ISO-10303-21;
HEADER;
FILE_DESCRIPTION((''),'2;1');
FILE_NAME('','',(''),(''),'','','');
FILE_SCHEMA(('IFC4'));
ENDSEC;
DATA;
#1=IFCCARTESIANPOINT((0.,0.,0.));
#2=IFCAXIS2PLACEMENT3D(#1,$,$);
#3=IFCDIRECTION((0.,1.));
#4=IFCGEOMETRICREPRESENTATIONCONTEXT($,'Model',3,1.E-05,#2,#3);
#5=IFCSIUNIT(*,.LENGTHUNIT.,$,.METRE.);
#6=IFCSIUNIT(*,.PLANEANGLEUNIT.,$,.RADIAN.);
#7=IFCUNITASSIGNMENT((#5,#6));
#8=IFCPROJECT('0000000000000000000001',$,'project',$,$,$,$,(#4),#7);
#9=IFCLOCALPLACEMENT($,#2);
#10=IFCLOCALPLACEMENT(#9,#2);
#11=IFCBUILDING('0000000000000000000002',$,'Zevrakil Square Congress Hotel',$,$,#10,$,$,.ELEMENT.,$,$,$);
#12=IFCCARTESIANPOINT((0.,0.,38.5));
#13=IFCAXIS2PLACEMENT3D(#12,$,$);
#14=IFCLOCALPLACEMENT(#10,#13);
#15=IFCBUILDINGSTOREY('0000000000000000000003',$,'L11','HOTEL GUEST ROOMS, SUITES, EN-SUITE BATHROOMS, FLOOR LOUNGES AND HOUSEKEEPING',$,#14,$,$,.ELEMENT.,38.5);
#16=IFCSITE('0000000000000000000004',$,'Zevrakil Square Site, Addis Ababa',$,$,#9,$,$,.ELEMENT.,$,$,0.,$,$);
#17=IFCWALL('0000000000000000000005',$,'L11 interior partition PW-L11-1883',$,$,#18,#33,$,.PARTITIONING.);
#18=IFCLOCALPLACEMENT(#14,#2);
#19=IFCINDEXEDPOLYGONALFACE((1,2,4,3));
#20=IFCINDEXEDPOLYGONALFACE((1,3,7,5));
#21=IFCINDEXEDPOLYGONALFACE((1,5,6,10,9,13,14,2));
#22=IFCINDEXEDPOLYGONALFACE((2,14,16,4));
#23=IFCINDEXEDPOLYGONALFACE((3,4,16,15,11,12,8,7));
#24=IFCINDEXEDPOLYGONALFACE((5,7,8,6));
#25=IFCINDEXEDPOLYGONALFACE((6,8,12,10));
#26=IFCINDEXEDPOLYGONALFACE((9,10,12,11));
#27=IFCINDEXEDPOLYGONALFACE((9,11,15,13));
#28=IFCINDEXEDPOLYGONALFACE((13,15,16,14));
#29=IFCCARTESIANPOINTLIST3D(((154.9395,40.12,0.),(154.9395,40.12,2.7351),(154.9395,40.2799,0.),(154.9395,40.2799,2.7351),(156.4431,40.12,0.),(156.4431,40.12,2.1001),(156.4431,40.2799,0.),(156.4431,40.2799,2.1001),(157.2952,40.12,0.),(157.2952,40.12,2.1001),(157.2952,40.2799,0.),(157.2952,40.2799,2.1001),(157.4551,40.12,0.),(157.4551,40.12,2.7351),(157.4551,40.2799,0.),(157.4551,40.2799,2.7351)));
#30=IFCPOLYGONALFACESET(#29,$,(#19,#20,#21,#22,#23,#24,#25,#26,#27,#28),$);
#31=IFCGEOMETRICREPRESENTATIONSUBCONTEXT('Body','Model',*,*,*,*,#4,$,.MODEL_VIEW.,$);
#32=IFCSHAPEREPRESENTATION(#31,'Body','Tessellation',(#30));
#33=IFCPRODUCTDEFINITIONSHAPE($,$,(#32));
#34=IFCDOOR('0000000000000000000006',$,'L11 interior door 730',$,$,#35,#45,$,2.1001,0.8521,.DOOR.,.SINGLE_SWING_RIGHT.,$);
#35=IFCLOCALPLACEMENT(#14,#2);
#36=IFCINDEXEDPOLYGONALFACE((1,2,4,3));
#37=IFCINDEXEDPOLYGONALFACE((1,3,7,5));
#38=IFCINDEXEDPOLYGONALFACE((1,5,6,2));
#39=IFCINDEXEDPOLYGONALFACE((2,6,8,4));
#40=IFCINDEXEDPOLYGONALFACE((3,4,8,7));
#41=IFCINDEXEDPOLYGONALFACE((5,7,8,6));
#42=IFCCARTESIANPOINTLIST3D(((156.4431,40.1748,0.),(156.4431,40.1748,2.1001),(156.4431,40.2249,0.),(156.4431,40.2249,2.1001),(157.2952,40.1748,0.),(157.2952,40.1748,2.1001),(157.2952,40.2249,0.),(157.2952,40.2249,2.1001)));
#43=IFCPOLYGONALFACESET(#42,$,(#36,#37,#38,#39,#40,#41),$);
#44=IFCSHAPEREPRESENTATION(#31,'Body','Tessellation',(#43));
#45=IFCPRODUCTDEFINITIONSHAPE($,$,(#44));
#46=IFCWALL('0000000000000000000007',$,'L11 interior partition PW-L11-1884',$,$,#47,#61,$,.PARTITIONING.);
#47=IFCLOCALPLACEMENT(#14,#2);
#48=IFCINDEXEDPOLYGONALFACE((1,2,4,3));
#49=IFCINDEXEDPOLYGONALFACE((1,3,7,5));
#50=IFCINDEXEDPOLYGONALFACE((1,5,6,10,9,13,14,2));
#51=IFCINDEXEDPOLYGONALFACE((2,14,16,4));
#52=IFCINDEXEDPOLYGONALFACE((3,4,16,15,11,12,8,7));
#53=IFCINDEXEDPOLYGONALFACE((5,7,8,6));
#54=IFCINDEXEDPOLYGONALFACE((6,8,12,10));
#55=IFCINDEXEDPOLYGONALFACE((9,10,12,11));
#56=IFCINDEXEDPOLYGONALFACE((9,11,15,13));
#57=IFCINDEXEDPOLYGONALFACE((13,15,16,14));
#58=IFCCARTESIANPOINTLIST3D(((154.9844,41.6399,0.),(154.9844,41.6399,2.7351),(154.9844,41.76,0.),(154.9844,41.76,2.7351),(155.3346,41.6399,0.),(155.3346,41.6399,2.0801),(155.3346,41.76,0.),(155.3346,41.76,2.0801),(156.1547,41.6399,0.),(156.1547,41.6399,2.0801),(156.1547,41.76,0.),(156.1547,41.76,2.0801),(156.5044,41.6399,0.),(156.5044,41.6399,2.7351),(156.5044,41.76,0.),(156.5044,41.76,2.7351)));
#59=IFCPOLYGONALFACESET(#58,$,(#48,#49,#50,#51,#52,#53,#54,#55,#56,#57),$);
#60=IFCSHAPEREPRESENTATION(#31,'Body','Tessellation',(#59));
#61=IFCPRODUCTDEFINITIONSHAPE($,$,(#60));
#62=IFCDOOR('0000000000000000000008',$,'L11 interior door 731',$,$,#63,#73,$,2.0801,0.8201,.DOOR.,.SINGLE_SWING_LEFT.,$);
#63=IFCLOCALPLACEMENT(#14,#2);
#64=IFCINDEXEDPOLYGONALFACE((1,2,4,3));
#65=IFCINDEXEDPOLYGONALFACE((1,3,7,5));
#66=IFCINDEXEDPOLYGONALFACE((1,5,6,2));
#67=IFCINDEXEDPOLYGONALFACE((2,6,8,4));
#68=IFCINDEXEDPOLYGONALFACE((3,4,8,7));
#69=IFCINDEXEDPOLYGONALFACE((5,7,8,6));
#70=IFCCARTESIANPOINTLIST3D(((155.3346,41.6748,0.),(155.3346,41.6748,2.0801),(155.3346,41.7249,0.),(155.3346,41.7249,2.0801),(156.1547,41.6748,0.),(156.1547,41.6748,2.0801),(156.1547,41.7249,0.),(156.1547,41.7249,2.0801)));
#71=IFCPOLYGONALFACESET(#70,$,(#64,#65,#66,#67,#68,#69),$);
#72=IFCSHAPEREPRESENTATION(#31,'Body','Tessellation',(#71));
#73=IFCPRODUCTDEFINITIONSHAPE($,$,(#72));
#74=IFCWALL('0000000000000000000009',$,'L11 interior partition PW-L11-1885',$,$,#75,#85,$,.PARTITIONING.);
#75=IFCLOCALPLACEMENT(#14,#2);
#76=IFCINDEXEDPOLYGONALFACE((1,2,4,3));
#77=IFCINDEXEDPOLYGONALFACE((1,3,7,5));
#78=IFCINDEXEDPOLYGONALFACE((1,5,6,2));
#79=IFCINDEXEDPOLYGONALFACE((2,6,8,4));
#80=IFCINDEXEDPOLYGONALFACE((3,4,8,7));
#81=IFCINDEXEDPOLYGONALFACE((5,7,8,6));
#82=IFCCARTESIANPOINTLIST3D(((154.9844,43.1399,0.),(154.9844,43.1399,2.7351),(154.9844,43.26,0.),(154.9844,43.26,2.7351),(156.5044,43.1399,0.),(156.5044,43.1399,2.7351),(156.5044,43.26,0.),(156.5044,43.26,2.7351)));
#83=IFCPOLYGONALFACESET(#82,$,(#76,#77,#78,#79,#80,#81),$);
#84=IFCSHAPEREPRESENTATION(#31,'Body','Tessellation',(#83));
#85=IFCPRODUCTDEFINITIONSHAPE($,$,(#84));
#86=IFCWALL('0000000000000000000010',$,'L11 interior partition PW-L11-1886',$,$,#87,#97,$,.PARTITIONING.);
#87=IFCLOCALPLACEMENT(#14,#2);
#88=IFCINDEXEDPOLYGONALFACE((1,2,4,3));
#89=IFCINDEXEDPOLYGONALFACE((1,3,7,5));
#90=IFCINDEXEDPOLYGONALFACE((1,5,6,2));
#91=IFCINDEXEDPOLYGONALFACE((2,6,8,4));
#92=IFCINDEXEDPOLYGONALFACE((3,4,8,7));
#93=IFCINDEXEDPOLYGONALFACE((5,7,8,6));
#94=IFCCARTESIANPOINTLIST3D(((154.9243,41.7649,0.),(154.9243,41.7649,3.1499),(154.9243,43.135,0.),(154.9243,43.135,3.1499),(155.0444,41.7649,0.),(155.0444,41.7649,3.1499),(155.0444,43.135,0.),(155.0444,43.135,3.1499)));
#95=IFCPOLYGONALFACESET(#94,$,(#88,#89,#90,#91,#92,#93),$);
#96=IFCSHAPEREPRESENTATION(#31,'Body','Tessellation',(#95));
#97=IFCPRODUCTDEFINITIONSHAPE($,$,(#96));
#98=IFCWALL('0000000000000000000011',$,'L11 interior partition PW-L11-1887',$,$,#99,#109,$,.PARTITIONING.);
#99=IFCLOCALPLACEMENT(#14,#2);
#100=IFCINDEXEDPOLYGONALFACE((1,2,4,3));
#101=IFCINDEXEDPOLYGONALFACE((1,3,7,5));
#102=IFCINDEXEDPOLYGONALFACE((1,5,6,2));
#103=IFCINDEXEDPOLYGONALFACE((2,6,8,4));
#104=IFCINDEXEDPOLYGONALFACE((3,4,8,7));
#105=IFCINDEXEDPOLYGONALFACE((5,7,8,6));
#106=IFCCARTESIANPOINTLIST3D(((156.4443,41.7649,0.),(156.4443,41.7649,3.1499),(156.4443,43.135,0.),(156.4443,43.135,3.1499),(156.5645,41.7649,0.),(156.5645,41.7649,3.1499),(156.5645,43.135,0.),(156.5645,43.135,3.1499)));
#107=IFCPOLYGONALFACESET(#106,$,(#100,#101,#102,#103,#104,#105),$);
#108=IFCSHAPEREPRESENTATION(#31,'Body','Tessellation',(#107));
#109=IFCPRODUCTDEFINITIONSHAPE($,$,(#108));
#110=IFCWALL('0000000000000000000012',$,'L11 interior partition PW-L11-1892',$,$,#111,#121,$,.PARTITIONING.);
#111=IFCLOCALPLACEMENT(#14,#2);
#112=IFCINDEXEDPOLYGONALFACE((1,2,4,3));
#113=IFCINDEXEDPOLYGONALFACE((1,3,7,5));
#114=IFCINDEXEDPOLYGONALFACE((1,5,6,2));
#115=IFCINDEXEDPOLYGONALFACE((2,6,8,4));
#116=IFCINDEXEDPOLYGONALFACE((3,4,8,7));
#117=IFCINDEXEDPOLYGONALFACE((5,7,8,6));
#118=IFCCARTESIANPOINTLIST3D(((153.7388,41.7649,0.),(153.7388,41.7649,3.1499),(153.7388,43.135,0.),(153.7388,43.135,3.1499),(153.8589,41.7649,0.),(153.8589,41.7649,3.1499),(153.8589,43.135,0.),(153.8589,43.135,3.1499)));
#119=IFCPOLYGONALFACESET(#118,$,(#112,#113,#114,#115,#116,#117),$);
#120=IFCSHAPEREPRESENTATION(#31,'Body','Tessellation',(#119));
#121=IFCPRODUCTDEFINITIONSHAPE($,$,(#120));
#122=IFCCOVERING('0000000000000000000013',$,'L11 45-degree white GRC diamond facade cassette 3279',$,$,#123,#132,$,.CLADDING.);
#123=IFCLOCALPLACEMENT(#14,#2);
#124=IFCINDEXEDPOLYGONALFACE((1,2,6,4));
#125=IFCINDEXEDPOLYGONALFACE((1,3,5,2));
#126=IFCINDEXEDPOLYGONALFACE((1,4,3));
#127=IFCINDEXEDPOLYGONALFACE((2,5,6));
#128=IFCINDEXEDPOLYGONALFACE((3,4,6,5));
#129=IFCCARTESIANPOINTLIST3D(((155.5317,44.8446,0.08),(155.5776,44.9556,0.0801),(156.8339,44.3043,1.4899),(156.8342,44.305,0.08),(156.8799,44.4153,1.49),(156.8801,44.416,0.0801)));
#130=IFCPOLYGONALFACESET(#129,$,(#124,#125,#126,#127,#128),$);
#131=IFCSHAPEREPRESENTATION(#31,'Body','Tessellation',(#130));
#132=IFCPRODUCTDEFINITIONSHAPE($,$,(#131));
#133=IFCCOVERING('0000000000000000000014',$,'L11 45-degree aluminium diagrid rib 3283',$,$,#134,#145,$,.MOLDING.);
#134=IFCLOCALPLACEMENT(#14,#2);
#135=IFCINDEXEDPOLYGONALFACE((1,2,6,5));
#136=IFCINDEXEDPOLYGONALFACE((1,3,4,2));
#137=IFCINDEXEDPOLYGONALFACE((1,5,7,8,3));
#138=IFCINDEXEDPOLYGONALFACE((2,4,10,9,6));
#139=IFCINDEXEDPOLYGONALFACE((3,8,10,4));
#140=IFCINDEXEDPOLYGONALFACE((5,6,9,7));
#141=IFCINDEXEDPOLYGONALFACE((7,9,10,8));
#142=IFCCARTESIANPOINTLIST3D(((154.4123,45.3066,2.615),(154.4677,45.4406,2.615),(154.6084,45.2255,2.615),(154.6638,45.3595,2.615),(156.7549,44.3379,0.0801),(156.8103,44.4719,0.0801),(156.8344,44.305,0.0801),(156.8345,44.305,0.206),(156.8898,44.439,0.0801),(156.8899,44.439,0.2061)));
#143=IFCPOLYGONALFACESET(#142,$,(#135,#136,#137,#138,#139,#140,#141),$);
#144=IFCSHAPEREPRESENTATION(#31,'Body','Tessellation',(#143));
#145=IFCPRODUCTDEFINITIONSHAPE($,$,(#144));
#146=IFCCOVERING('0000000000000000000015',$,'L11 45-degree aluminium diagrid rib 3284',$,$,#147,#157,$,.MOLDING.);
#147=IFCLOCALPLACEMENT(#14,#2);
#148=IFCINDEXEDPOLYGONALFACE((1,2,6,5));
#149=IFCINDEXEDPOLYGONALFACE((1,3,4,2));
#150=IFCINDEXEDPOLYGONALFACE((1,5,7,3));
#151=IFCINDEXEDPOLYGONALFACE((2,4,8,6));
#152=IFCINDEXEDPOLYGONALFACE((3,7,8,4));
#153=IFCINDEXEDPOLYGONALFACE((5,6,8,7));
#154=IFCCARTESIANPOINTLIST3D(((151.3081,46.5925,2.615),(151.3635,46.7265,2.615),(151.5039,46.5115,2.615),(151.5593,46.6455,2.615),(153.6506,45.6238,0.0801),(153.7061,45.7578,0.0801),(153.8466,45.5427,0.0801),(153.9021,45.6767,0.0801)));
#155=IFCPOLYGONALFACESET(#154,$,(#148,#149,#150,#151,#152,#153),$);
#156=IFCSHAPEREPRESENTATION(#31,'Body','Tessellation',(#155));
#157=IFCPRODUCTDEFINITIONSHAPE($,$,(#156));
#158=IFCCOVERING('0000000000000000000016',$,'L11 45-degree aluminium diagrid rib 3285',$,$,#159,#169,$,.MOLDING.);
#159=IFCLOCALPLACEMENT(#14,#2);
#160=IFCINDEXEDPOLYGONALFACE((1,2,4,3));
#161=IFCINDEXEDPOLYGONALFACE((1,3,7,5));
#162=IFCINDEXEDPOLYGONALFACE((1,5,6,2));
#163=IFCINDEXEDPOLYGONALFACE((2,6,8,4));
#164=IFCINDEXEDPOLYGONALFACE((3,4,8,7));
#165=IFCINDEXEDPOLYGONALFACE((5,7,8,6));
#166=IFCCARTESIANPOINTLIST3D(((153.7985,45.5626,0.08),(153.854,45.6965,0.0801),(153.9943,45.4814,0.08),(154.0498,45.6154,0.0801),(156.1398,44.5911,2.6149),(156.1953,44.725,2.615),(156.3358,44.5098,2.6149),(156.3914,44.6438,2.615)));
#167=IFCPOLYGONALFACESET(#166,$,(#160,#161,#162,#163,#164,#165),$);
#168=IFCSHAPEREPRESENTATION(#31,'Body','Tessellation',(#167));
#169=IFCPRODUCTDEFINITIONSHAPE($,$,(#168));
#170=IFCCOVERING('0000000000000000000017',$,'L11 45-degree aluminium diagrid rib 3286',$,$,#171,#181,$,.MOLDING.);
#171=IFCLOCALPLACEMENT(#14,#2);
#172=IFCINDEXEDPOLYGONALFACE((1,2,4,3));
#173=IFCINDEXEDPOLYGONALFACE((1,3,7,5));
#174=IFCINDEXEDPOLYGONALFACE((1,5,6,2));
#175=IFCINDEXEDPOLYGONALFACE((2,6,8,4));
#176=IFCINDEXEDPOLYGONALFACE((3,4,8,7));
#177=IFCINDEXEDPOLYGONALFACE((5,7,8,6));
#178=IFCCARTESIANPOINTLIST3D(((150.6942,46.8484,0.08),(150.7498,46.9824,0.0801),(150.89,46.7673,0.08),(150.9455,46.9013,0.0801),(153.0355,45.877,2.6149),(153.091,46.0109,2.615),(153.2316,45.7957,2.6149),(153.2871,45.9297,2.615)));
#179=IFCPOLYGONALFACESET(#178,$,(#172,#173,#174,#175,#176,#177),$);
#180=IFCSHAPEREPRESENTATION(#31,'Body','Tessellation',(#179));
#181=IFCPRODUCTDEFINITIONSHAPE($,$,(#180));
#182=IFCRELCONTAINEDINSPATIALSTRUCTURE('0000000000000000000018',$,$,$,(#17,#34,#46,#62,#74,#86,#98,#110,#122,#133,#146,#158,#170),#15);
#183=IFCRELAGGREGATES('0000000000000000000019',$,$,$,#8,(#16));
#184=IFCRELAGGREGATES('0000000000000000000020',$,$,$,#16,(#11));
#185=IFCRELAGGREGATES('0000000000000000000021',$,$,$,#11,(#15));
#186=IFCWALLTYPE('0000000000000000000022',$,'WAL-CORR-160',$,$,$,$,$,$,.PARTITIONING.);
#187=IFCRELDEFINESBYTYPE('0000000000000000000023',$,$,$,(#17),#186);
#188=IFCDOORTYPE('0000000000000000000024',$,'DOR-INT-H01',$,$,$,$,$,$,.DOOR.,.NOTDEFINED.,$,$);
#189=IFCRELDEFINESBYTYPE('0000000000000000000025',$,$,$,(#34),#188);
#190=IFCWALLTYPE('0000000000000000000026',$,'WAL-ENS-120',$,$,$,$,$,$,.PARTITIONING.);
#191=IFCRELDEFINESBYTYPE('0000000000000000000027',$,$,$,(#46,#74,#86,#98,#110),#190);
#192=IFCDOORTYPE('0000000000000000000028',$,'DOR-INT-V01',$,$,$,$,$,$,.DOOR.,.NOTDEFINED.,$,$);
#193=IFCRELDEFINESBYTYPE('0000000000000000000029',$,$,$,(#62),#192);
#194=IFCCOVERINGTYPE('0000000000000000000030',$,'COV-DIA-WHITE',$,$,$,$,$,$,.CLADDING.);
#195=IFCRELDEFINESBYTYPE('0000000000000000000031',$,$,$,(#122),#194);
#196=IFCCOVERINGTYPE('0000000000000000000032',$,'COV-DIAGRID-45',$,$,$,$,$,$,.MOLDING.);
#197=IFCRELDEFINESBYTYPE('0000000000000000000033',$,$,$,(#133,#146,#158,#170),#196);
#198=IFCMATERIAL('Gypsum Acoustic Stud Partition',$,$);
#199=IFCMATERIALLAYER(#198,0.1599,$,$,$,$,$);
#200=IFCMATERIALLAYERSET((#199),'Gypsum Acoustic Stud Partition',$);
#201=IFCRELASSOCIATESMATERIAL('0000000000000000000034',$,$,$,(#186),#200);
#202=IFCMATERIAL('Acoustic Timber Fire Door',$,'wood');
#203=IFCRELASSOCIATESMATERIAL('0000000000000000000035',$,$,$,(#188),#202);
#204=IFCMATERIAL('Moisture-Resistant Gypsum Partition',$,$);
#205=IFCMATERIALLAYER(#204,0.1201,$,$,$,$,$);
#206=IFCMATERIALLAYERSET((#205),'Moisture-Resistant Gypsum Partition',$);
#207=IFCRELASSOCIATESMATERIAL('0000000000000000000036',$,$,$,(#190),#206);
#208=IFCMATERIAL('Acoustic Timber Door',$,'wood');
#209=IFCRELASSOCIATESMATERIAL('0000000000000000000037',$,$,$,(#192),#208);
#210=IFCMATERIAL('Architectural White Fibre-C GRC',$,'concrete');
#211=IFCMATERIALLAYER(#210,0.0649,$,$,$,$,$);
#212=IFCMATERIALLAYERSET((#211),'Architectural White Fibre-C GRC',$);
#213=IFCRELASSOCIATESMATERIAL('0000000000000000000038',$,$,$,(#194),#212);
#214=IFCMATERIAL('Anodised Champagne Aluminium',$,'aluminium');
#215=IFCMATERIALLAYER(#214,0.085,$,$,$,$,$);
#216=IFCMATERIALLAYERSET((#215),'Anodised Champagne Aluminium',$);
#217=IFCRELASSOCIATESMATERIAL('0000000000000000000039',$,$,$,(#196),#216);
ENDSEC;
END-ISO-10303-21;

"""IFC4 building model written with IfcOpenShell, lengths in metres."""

from ifc_helpers import new_model, si_unit, direction, frame, frame_2d, origin, place, context, subcontext, project, spatial, polyline, rectangle, outline, extrude, material, layer, layer_set, type_object, element, fill, save


model = new_model("IFC4")

# Units and contexts
model_context = context("Model", 3, precision=1e-05, world=origin(), true_north=direction((0.0, 1.0)))
body_context = subcontext(model_context, "Body", "Model", "MODEL_VIEW")
ifc_project = project(units=[si_unit("LENGTHUNIT", "METRE"), si_unit("PLANEANGLEUNIT", "RADIAN")], contexts=[model_context])

# Site, building, storey
site_placement = place(None, origin())
site = spatial("IfcSite", under=ifc_project, at=site_placement, Name="Zevrakil Square Site, Addis Ababa", CompositionType="ELEMENT", RefElevation=0.0)
building_placement = place(site_placement, origin())
building = spatial("IfcBuilding", under=site, at=building_placement, Name="Zevrakil Square Congress Hotel", CompositionType="ELEMENT")
storey_placement = place(building_placement, frame((0.0, 0.0, 38.5)))
storey = spatial("IfcBuildingStorey", under=building, at=storey_placement, Name="L11", Description="HOTEL GUEST ROOMS, SUITES, EN-SUITE BATHROOMS, FLOOR LOUNGES AND HOUSEKEEPING", CompositionType="ELEMENT", Elevation=38.5)

# Walls, openings, doors
ifc_material_1 = material(Name="Gypsum Acoustic Stud Partition")
ifc_layer_1 = layer(ifc_material_1, 0.1599)
ifc_layer_set_1 = layer_set([ifc_layer_1], Name="Gypsum Acoustic Stud Partition")
wall_type_1 = type_object("IfcWallType", Name="WAL-CORR-160", PredefinedType="PARTITIONING", material=ifc_layer_set_1)
wall_1_placement = place(storey_placement, frame((154.9395, 40.2, 0.0), z_axis=(0.0, 0.0, 1.0), x_axis=(1.0, 0.0, 0.0)))
wall_1 = element("IfcWall", 1, at=wall_1_placement, inside=storey, type_object=wall_type_1, Name="L11 interior partition PW-L11-1883", PredefinedType="PARTITIONING", context=body_context, shape_type="SweptSolid", body=[
    extrude(rectangle(XDim=2.5156, YDim=0.1599, at=frame_2d((1.2578, 0.0))), origin(), (0.0, 0.0, 1.0), 2.7351),
])
opening_1_placement = place(wall_1_placement, frame((1.5037, 0.0, 0.0)))
opening_1 = element("IfcOpeningElement", 2, at=opening_1_placement, cuts=wall_1, PredefinedType="OPENING", context=body_context, shape_type="SweptSolid", body=[
    extrude(rectangle(XDim=0.8521, YDim=2.1001, at=frame_2d((0.426, 1.05))), frame((0.0, 0.0898, 0.0), z_axis=(0.0, -1.0, 0.0), x_axis=(1.0, 0.0, 0.0)), (0.0, 0.0, 1.0), 0.1799),
])
ifc_material_2 = material(Name="Acoustic Timber Fire Door", Category="wood")
door_type_1 = type_object("IfcDoorType", Name="DOR-INT-H01", OperationType="NOTDEFINED", PredefinedType="DOOR", material=ifc_material_2)
door_1_placement = place(opening_1_placement, origin())
door_1 = element("IfcDoor", 3, at=door_1_placement, inside=storey, type_object=door_type_1, Name="L11 interior door 730", OperationType="SINGLE_SWING_RIGHT", OverallHeight=2.1001, OverallWidth=0.8521, PredefinedType="DOOR", context=body_context, shape_type="SweptSolid", body=[
    extrude(rectangle(XDim=0.8521, YDim=2.1001, at=frame_2d((0.426, 1.05))), frame((0.0, 0.0249, 0.0), z_axis=(0.0, -1.0, 0.0), x_axis=(1.0, 0.0, 0.0)), (0.0, 0.0, 1.0), 0.05),
])
fill(opening_1, door_1)
ifc_material_3 = material(Name="Moisture-Resistant Gypsum Partition")
ifc_layer_2 = layer(ifc_material_3, 0.1201)
ifc_layer_set_2 = layer_set([ifc_layer_2], Name="Moisture-Resistant Gypsum Partition")
wall_type_2 = type_object("IfcWallType", Name="WAL-ENS-120", PredefinedType="PARTITIONING", material=ifc_layer_set_2)
wall_2_placement = place(storey_placement, frame((154.9844, 41.7, 0.0), z_axis=(0.0, 0.0, 1.0), x_axis=(1.0, 0.0, 0.0)))
wall_2 = element("IfcWall", 4, at=wall_2_placement, inside=storey, type_object=wall_type_2, Name="L11 interior partition PW-L11-1884", PredefinedType="PARTITIONING", context=body_context, shape_type="SweptSolid", body=[
    extrude(rectangle(XDim=1.52, YDim=0.1201, at=frame_2d((0.76, 0.0))), origin(), (0.0, 0.0, 1.0), 2.7351),
])
opening_2_placement = place(wall_2_placement, frame((0.3501, 0.0, 0.0)))
opening_2 = element("IfcOpeningElement", 5, at=opening_2_placement, cuts=wall_2, PredefinedType="OPENING", context=body_context, shape_type="SweptSolid", body=[
    extrude(rectangle(XDim=0.8201, YDim=2.0801, at=frame_2d((0.4102, 1.04))), frame((0.0, 0.0701, 0.0), z_axis=(0.0, -1.0, 0.0), x_axis=(1.0, 0.0, 0.0)), (0.0, 0.0, 1.0), 0.1401),
])
ifc_material_4 = material(Name="Acoustic Timber Door", Category="wood")
door_type_2 = type_object("IfcDoorType", Name="DOR-INT-V01", OperationType="NOTDEFINED", PredefinedType="DOOR", material=ifc_material_4)
door_2_placement = place(opening_2_placement, origin())
door_2 = element("IfcDoor", 6, at=door_2_placement, inside=storey, type_object=door_type_2, Name="L11 interior door 731", OperationType="SINGLE_SWING_LEFT", OverallHeight=2.0801, OverallWidth=0.8201, PredefinedType="DOOR", context=body_context, shape_type="SweptSolid", body=[
    extrude(rectangle(XDim=0.8201, YDim=2.0801, at=frame_2d((0.4102, 1.04))), frame((0.0, 0.0249, 0.0), z_axis=(0.0, -1.0, 0.0), x_axis=(1.0, 0.0, 0.0)), (0.0, 0.0, 1.0), 0.05),
])
fill(opening_2, door_2)

# Walls
wall_3_placement = place(storey_placement, frame((154.9844, 43.2, 0.0), z_axis=(0.0, 0.0, 1.0), x_axis=(1.0, 0.0, 0.0)))
element("IfcWall", 7, at=wall_3_placement, inside=storey, type_object=wall_type_2, Name="L11 interior partition PW-L11-1885", PredefinedType="PARTITIONING", context=body_context, shape_type="SweptSolid", body=[
    extrude(rectangle(XDim=1.52, YDim=0.1201, at=frame_2d((0.76, 0.0))), origin(), (0.0, 0.0, 1.0), 2.7351),
])
for number, where, z_axis, x_axis, name in (
    (8, (154.9844, 41.7649, 0.0), (0.0, 0.0, 1.0), (0.0, 1.0, 0.0), "L11 interior partition PW-L11-1886"),
    (9, (156.5044, 41.7649, 0.0), (0.0, 0.0, 1.0), (0.0, 1.0, 0.0), "L11 interior partition PW-L11-1887"),
    (10, (153.7988, 41.7649, 0.0), (0.0, 0.0, 1.0), (0.0, 1.0, 0.0), "L11 interior partition PW-L11-1892"),
):
    element("IfcWall", number, at=place(storey_placement, frame(where, z_axis=z_axis, x_axis=x_axis)), inside=storey, type_object=wall_type_2, Name=name, PredefinedType="PARTITIONING", context=body_context, shape_type="SweptSolid", body=[
        extrude(rectangle(XDim=1.3701, YDim=0.1201, at=frame_2d((0.6851, 0.0))), origin(), (0.0, 0.0, 1.0), 3.1499),
    ])

# Coverings
ifc_material_5 = material(Name="Architectural White Fibre-C GRC", Category="concrete")
ifc_layer_3 = layer(ifc_material_5, 0.0649)
ifc_layer_set_3 = layer_set([ifc_layer_3], Name="Architectural White Fibre-C GRC")
covering_type_1 = type_object("IfcCoveringType", Name="COV-DIA-WHITE", PredefinedType="CLADDING", material=ifc_layer_set_3)
covering_1_placement = place(storey_placement, frame((155.5776, 44.9556, 0.0801), z_axis=(0.382709, 0.923869, 0.000546), x_axis=(0.923869, -0.382709, 0.0)))
element("IfcCovering", 11, at=covering_1_placement, inside=storey, type_object=covering_type_1, Name="L11 45-degree white GRC diamond facade cassette 3279", PredefinedType="CLADDING", context=body_context, shape_type="SweptSolid", body=[
    extrude(outline(polyline([(0.0, 0.0), (1.4098, 0.0), (1.4099, -1.4099), (0.0, 0.0)])), origin(), (0.0, 0.0, -1.0), 0.1201),
])
ifc_material_6 = material(Name="Anodised Champagne Aluminium", Category="aluminium")
ifc_layer_4 = layer(ifc_material_6, 0.085)
ifc_layer_set_4 = layer_set([ifc_layer_4], Name="Anodised Champagne Aluminium")
covering_type_2 = type_object("IfcCoveringType", Name="COV-DIAGRID-45", PredefinedType="MOLDING", material=ifc_layer_set_4)
covering_2_placement = place(storey_placement, frame((156.8103, 44.4719, 0.0801), z_axis=(0.382192, 0.924083, 0.000064), x_axis=(0.924083, -0.382192, 0.0)))
element("IfcCovering", 12, at=covering_2_placement, inside=storey, type_object=covering_type_2, Name="L11 45-degree aluminium diagrid rib 3283", PredefinedType="MOLDING", context=body_context, shape_type="SweptSolid", body=[
    extrude(outline(polyline([(0.0, 0.0), (0.0861, 0.0), (0.0861, -0.126), (-2.3228, -2.5349), (-2.5349, -2.5349), (0.0, 0.0)])), origin(), (0.0, 0.0, -1.0), 0.145),
])
covering_3_placement = place(storey_placement, frame((153.7061, 45.7578, 0.0801), z_axis=(0.382284, 0.924045, 0.000154), x_axis=(0.924045, -0.382284, 0.0)))
element("IfcCovering", 13, at=covering_3_placement, inside=storey, type_object=covering_type_2, Name="L11 45-degree aluminium diagrid rib 3284", PredefinedType="MOLDING", context=body_context, shape_type="SweptSolid", body=[
    extrude(outline(polyline([(0.0, 0.0), (0.2121, 0.0), (-2.323, -2.5349), (-2.5349, -2.5349), (0.0, 0.0)])), origin(), (0.0, 0.0, -1.0), 0.145),
])
for number, where, z_axis, x_axis, name in (
    (14, (156.3914, 44.6438, 2.615), (0.382775, 0.923841, 0.000522), (-0.923841, 0.382775, 0.0), "L11 45-degree aluminium diagrid rib 3285"),
    (15, (153.2871, 45.9297, 2.615), (0.382775, 0.923841, 0.000522), (-0.923841, 0.382775, 0.0), "L11 45-degree aluminium diagrid rib 3286"),
):
    element("IfcCovering", number, at=place(storey_placement, frame(where, z_axis=z_axis, x_axis=x_axis)), inside=storey, type_object=covering_type_2, Name=name, PredefinedType="MOLDING", context=body_context, shape_type="SweptSolid", body=[
        extrude(outline(polyline([(0.0, 0.0), (0.2122, 0.0), (2.7471, -2.5349), (2.5352, -2.5349), (0.0, 0.0)])), origin(), (0.0, 0.0, -1.0), 0.145),
    ])

save(model, "model.ifc")
